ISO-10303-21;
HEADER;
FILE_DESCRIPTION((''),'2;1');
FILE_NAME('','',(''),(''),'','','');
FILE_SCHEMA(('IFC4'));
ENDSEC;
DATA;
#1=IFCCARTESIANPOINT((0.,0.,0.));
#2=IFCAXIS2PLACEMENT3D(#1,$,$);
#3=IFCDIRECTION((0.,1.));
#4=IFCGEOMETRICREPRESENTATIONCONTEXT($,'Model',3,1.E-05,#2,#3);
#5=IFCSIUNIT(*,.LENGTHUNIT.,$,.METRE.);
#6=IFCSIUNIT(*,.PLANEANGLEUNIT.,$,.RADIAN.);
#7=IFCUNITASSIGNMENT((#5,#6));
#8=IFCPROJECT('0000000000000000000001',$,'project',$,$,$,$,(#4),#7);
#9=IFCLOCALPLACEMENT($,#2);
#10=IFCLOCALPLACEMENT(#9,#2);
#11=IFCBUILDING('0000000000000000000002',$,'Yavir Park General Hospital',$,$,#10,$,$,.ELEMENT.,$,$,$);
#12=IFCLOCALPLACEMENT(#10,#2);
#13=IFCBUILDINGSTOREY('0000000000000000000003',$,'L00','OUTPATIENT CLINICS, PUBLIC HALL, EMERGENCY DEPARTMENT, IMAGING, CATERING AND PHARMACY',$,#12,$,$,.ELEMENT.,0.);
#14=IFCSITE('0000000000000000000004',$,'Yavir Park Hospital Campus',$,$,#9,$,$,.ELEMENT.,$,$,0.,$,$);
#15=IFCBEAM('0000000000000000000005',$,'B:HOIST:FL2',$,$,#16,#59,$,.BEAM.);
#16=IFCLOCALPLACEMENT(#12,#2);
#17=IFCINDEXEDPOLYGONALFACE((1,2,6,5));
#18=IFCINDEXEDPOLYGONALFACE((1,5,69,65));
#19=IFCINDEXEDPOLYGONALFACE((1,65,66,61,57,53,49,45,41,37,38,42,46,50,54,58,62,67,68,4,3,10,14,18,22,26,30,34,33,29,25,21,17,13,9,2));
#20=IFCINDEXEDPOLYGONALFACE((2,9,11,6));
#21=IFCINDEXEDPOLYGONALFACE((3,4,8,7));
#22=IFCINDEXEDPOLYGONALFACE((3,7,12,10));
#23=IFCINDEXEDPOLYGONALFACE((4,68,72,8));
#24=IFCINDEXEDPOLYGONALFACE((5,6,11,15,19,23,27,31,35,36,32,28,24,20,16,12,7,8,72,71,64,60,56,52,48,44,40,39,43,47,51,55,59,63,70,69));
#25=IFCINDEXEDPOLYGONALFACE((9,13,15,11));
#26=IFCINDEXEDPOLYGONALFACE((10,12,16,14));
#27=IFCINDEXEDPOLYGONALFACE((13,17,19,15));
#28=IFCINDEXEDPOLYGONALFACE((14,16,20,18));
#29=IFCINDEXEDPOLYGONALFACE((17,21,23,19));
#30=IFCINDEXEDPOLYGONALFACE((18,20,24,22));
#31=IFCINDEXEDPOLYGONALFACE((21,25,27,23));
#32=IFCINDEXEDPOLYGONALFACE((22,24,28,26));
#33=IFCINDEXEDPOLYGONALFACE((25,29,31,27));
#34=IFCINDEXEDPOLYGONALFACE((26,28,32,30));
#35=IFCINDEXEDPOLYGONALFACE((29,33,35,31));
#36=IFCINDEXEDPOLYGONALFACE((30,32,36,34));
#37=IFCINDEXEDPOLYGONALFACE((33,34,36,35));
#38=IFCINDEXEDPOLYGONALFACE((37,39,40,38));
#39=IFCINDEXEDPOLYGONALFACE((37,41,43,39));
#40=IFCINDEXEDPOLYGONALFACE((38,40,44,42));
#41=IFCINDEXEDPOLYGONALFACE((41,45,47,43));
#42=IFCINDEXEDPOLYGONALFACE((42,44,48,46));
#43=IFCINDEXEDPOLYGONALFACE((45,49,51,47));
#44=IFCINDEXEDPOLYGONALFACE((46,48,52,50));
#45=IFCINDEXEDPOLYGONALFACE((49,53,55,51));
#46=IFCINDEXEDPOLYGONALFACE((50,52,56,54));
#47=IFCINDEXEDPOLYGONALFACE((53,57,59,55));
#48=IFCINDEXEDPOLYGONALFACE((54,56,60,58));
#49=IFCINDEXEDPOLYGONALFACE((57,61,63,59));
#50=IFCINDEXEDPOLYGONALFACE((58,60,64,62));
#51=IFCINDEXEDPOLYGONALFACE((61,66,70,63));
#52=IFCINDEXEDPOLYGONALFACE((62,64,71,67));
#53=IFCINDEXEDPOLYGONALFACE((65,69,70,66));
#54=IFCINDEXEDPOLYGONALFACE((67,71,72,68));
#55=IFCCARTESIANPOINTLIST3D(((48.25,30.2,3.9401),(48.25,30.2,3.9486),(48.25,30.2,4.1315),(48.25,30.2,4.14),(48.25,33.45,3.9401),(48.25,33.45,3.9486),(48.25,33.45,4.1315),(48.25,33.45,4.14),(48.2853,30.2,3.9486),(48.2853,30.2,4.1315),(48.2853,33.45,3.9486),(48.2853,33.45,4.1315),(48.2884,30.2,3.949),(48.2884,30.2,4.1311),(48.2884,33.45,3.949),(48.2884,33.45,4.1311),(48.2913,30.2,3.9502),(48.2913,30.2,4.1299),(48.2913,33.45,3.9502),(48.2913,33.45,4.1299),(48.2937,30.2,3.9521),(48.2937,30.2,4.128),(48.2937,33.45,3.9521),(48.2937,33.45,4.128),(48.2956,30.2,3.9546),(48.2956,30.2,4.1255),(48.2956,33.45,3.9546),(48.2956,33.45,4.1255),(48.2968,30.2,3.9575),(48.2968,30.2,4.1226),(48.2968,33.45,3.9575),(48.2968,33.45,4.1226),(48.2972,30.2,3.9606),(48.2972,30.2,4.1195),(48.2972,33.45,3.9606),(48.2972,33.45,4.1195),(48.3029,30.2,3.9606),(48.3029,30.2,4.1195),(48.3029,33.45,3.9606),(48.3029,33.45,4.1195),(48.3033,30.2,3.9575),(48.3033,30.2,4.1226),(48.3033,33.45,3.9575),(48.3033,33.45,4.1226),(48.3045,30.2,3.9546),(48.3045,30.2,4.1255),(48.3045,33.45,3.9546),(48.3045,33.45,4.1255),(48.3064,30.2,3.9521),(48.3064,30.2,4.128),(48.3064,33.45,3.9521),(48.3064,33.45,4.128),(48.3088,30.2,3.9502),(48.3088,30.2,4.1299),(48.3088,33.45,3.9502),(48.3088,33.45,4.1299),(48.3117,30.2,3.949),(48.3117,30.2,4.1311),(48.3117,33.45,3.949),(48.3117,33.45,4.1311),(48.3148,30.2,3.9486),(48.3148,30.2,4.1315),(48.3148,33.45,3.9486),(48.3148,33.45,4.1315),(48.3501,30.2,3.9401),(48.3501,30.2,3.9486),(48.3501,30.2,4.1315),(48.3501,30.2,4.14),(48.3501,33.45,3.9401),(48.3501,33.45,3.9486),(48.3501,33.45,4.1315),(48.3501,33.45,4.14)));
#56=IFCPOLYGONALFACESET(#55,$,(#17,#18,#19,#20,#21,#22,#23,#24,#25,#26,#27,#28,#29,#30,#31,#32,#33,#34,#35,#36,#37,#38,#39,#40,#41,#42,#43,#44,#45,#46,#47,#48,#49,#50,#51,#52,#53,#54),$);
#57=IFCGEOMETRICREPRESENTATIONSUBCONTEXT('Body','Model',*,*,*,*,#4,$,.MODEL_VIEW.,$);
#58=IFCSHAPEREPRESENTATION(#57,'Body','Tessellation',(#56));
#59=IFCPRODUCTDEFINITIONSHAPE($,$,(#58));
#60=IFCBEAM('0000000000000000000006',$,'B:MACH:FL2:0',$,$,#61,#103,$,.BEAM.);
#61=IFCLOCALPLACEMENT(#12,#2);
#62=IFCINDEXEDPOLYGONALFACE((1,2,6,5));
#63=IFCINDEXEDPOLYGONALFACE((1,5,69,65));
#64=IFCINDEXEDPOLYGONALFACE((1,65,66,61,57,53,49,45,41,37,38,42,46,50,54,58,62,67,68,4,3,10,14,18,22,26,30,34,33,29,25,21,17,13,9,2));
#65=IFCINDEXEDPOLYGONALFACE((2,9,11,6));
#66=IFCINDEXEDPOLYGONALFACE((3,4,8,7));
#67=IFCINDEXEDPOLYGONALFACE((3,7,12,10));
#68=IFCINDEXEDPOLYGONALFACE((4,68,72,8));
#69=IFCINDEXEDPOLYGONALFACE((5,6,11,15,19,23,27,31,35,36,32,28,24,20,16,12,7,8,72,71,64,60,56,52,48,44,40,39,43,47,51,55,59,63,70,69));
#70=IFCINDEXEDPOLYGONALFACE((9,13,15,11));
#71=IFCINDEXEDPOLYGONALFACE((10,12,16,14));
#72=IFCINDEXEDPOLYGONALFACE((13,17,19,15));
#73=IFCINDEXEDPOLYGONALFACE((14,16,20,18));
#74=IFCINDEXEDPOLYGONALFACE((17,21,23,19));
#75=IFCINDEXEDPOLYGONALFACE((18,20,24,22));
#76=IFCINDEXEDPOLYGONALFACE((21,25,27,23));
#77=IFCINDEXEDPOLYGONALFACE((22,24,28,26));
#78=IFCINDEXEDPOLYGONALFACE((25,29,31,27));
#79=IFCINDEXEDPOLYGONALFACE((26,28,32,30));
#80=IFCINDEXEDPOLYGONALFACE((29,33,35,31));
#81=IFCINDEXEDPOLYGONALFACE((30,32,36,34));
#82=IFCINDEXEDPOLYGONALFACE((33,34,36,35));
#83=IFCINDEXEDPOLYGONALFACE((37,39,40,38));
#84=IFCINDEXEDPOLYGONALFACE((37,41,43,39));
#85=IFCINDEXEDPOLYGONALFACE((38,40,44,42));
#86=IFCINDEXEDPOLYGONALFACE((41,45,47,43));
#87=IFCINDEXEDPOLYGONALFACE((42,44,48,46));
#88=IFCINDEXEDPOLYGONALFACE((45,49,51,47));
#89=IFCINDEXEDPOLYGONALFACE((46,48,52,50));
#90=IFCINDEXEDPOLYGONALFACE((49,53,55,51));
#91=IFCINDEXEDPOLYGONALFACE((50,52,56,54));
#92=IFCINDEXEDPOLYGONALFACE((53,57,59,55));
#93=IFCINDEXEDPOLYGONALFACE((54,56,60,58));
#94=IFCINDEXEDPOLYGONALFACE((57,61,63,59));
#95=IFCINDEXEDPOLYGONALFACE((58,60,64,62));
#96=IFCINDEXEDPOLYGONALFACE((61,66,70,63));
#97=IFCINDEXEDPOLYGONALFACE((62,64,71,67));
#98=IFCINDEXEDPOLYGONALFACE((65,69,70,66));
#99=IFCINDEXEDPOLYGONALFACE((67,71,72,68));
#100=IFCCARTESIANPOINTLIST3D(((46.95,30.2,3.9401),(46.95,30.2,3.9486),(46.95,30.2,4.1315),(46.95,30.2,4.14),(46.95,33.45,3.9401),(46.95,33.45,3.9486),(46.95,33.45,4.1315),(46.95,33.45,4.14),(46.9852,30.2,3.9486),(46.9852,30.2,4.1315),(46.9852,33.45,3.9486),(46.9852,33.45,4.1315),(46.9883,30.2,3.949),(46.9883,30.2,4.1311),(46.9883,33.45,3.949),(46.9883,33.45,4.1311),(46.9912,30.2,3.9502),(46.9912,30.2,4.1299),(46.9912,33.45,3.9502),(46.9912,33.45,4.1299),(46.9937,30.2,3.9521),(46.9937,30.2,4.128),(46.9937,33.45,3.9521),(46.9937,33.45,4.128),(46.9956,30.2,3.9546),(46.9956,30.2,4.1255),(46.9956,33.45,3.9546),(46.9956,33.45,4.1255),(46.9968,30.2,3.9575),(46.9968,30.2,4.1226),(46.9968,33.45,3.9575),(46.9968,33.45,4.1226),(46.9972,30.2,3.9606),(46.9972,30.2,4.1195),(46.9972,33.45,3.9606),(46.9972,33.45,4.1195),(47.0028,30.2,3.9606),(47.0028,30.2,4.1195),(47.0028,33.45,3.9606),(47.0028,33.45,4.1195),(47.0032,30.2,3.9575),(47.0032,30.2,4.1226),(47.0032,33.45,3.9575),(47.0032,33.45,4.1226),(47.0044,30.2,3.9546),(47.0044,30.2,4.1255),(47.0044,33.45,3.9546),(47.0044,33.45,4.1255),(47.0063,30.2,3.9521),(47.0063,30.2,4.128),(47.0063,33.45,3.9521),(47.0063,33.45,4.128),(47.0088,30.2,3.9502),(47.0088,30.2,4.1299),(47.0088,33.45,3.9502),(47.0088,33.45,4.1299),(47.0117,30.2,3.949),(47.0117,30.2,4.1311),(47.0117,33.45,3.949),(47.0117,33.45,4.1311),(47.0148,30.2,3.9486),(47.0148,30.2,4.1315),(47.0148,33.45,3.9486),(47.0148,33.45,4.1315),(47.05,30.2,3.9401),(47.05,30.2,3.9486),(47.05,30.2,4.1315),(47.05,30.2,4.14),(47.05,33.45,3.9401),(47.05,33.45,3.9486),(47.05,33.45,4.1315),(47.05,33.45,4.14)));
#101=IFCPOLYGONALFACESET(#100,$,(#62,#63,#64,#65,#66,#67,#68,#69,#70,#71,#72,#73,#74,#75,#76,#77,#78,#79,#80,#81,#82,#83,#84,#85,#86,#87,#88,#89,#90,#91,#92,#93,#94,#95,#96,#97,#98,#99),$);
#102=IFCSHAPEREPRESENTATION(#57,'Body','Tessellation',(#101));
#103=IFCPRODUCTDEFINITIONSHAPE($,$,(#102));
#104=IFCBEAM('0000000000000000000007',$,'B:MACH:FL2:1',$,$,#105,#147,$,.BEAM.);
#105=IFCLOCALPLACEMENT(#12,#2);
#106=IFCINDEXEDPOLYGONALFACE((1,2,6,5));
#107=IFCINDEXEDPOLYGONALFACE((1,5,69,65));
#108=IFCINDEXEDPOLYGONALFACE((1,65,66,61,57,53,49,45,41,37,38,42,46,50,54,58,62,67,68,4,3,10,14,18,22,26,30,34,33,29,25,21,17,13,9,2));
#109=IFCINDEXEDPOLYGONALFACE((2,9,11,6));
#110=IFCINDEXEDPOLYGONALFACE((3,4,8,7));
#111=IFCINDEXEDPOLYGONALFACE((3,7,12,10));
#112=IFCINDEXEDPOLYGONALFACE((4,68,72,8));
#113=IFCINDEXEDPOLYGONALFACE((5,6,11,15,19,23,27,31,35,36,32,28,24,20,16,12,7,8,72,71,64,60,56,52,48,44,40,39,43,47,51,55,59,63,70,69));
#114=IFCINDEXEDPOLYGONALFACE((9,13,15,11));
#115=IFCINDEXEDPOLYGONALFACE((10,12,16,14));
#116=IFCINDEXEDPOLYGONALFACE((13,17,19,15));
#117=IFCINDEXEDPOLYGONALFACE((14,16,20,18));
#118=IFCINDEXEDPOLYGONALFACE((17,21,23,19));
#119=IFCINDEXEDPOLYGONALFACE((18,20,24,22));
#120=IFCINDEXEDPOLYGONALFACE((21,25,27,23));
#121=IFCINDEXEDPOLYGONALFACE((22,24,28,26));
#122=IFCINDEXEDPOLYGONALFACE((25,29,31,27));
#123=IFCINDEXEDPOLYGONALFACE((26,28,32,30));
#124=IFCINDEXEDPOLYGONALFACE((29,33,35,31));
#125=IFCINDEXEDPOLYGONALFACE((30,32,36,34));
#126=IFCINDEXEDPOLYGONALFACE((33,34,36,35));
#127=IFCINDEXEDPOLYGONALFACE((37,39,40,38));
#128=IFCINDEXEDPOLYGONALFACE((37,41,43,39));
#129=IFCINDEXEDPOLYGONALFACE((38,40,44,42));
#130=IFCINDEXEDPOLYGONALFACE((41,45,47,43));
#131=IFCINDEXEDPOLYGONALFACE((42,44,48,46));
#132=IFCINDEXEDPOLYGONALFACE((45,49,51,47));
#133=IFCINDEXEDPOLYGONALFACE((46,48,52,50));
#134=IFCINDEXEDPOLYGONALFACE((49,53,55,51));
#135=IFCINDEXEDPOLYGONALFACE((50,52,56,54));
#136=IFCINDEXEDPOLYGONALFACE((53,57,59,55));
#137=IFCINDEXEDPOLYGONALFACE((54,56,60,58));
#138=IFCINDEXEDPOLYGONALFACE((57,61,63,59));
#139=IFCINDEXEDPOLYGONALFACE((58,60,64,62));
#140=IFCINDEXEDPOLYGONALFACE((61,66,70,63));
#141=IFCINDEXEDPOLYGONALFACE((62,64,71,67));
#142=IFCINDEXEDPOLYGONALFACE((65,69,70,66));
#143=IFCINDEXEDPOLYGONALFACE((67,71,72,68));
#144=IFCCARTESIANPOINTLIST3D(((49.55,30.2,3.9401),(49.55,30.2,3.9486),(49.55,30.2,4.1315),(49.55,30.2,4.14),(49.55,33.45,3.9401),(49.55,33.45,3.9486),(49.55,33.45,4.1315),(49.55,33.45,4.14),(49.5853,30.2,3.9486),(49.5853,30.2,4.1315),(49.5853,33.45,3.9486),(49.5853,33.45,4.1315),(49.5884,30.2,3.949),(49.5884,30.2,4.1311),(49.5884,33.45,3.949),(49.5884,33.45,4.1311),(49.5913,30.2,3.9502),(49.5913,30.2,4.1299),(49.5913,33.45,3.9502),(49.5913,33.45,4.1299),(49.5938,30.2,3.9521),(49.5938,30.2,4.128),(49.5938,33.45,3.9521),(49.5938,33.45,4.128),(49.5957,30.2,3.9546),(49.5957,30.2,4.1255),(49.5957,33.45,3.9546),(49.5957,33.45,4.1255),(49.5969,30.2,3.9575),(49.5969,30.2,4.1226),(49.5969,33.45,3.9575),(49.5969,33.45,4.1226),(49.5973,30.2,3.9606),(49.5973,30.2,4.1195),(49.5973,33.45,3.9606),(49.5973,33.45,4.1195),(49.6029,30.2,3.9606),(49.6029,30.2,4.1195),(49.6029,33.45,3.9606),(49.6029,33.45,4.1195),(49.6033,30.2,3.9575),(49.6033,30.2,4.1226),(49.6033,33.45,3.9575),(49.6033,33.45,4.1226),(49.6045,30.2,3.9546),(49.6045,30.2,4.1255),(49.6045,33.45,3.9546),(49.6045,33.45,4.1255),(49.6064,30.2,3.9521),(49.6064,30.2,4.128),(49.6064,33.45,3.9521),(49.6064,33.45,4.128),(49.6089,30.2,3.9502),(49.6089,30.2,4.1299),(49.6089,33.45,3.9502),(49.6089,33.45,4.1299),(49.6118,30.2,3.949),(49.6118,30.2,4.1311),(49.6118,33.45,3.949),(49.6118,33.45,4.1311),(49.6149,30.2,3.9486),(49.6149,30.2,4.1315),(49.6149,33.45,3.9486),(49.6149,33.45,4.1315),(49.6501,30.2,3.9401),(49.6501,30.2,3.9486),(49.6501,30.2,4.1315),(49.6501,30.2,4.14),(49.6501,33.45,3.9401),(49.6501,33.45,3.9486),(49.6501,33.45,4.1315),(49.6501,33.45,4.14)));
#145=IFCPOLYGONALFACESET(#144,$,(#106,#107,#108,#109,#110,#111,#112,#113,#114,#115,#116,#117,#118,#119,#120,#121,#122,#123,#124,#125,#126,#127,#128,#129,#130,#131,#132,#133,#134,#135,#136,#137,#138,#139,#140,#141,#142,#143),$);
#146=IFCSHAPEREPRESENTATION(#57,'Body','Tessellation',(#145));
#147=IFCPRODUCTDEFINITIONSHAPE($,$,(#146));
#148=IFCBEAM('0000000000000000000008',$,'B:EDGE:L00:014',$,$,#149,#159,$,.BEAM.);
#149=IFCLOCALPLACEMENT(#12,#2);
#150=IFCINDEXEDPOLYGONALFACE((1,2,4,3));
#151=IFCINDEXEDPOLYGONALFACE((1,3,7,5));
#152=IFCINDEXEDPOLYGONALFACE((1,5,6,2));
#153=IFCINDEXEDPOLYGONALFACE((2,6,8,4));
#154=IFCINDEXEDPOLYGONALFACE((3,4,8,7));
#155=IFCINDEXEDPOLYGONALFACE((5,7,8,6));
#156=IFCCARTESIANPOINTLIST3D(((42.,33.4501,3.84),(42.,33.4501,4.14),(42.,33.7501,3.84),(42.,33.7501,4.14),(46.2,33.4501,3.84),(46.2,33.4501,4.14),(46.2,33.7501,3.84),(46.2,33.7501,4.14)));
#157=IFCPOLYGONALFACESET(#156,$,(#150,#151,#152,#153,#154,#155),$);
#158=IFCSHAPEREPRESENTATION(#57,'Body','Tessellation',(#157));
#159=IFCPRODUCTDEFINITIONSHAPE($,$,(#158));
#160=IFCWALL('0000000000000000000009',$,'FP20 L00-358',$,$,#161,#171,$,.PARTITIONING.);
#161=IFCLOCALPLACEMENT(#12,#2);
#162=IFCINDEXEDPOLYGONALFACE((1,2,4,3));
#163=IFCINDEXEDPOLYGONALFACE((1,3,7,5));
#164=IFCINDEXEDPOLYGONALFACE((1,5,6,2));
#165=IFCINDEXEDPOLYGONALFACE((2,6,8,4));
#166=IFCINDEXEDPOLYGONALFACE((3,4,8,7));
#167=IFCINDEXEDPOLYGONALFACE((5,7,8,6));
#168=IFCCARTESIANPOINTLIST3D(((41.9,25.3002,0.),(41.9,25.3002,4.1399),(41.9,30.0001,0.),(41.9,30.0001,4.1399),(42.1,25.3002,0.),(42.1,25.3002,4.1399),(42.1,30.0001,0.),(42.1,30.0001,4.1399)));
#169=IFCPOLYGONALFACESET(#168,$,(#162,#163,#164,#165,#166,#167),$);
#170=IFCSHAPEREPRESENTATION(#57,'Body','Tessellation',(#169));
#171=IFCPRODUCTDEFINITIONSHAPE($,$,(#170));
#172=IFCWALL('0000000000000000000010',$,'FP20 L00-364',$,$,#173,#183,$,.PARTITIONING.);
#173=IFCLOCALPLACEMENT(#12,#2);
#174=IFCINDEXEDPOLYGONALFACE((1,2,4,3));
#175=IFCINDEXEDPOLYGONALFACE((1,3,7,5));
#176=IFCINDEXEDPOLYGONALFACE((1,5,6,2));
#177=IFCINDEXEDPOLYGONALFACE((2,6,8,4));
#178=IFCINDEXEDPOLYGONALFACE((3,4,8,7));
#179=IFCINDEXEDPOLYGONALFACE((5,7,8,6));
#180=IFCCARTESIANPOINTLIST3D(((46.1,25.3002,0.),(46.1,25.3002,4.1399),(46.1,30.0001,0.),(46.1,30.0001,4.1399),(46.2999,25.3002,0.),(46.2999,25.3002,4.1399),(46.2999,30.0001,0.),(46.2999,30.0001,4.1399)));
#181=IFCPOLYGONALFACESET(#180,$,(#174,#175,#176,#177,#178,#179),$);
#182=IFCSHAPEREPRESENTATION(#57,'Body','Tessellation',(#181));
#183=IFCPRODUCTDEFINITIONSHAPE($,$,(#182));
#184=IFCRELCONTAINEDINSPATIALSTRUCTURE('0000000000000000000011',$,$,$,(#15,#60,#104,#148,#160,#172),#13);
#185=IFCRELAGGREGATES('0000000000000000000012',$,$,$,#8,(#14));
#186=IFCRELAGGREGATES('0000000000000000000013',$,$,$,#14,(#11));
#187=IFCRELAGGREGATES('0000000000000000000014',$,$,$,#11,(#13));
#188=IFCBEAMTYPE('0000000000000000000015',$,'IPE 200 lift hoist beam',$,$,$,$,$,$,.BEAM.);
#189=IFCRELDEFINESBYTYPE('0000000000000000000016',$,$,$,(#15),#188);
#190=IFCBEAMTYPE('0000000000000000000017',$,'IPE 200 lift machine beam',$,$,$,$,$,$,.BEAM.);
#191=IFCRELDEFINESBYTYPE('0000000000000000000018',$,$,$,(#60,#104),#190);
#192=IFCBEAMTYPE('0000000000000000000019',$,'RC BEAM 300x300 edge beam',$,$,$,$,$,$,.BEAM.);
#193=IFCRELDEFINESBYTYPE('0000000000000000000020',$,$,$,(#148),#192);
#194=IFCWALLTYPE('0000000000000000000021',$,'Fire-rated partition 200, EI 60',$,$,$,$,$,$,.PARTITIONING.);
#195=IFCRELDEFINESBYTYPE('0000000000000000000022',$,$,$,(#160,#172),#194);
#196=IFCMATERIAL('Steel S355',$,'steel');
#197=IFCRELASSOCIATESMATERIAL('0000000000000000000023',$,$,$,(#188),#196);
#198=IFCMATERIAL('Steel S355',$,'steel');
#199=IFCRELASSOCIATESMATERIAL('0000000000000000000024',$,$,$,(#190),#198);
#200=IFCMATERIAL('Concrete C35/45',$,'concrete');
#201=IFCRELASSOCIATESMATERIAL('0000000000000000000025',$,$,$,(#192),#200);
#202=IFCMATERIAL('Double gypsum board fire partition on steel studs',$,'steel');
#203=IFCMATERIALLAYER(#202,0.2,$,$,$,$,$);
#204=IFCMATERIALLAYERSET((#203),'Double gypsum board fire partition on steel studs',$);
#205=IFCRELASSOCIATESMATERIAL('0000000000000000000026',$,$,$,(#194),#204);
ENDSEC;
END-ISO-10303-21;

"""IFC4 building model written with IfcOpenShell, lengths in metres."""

from ifc_helpers import new_model, si_unit, direction, frame, frame_2d, origin, origin_2d, place, context, subcontext, project, spatial, rectangle, i_section, extrude, material, layer, layer_set, material_profile, profile_set, type_object, element, save


model = new_model("IFC4")

# Units and contexts
model_context = context("Model", 3, precision=1e-05, world=origin(), true_north=direction((0.0, 1.0)))
body_context = subcontext(model_context, "Body", "Model", "MODEL_VIEW")
ifc_project = project(units=[si_unit("LENGTHUNIT", "METRE"), si_unit("PLANEANGLEUNIT", "RADIAN")], contexts=[model_context])

# Site, building, storey
site_placement = place(None, origin())
site = spatial("IfcSite", under=ifc_project, at=site_placement, Name="Yavir Park Hospital Campus", CompositionType="ELEMENT", RefElevation=0.0)
building_placement = place(site_placement, origin())
building = spatial("IfcBuilding", under=site, at=building_placement, Name="Yavir Park General Hospital", CompositionType="ELEMENT")
storey_placement = place(building_placement, origin())
storey = spatial("IfcBuildingStorey", under=building, at=storey_placement, Name="L00", Description="OUTPATIENT CLINICS, PUBLIC HALL, EMERGENCY DEPARTMENT, IMAGING, CATERING AND PHARMACY", CompositionType="ELEMENT", Elevation=0.0)

# Beams
ifc_material_1 = material(Name="Steel S355", Category="steel")
ifc_material_profile_1 = material_profile(ifc_material_1, i_section(OverallWidth=0.1001, OverallDepth=0.2, WebThickness=0.0056, FlangeThickness=0.0085, FilletRadius=0.012, at=origin_2d()), Name="IPE200")
ifc_profile_set_1 = profile_set([ifc_material_profile_1], Name="Steel S355")
beam_type_1 = type_object("IfcBeamType", Name="IPE 200 lift hoist beam", PredefinedType="BEAM", material=ifc_profile_set_1)
beam_1_placement = place(storey_placement, frame((48.3, 30.2, 4.04), z_axis=(0.0, 1.0, 0.0), x_axis=(-1.0, 0.0, 0.0)))
element("IfcBeam", 1, at=beam_1_placement, inside=storey, type_object=beam_type_1, Name="B:HOIST:FL2", PredefinedType="BEAM", context=body_context, shape_type="SweptSolid", body=[
    extrude(i_section(OverallWidth=0.1001, OverallDepth=0.2, WebThickness=0.0056, FlangeThickness=0.0085, FilletRadius=0.012, at=origin_2d()), origin(), (0.0, 0.0, 1.0), 3.25),
])
ifc_material_2 = material(Name="Steel S355", Category="steel")
ifc_material_profile_2 = material_profile(ifc_material_2, i_section(OverallWidth=0.1001, OverallDepth=0.2, WebThickness=0.0056, FlangeThickness=0.0085, FilletRadius=0.012, at=origin_2d()), Name="IPE200")
ifc_profile_set_2 = profile_set([ifc_material_profile_2], Name="Steel S355")
beam_type_2 = type_object("IfcBeamType", Name="IPE 200 lift machine beam", PredefinedType="BEAM", material=ifc_profile_set_2)
for number, where, z_axis, x_axis, name in (
    (2, (47.0, 30.2, 4.04), (0.0, 1.0, 0.0), (-1.0, 0.0, 0.0), "B:MACH:FL2:0"),
    (3, (49.6001, 30.2, 4.04), (0.0, 1.0, 0.0), (-1.0, 0.0, 0.0), "B:MACH:FL2:1"),
):
    element("IfcBeam", number, at=place(storey_placement, frame(where, z_axis=z_axis, x_axis=x_axis)), inside=storey, type_object=beam_type_2, Name=name, PredefinedType="BEAM", context=body_context, shape_type="SweptSolid", body=[
        extrude(i_section(OverallWidth=0.1001, OverallDepth=0.2, WebThickness=0.0056, FlangeThickness=0.0085, FilletRadius=0.012, at=origin_2d()), origin(), (0.0, 0.0, 1.0), 3.25),
    ])
ifc_material_3 = material(Name="Concrete C35/45", Category="concrete")
ifc_material_profile_3 = material_profile(ifc_material_3, rectangle(XDim=0.3, YDim=0.3, at=origin_2d()), Name="RC300x300")
ifc_profile_set_3 = profile_set([ifc_material_profile_3], Name="Concrete C35/45")
beam_type_3 = type_object("IfcBeamType", Name="RC BEAM 300x300 edge beam", PredefinedType="BEAM", material=ifc_profile_set_3)
beam_2_placement = place(storey_placement, frame((42.0, 33.6001, 3.99), z_axis=(1.0, 0.0, 0.0), x_axis=(0.0, 1.0, 0.0)))
element("IfcBeam", 4, at=beam_2_placement, inside=storey, type_object=beam_type_3, Name="B:EDGE:L00:014", PredefinedType="BEAM", context=body_context, shape_type="SweptSolid", body=[
    extrude(rectangle(XDim=0.3, YDim=0.3, at=origin_2d()), origin(), (0.0, 0.0, 1.0), 4.2),
])

# Walls
ifc_material_4 = material(Name="Double gypsum board fire partition on steel studs", Category="steel")
ifc_layer_1 = layer(ifc_material_4, 0.2)
ifc_layer_set_1 = layer_set([ifc_layer_1], Name="Double gypsum board fire partition on steel studs")
wall_type_1 = type_object("IfcWallType", Name="Fire-rated partition 200, EI 60", PredefinedType="PARTITIONING", material=ifc_layer_set_1)
for number, where, z_axis, x_axis, name in (
    (5, (42.0, 25.3, 0.0), (0.0, 0.0, 1.0), (0.0, 1.0, 0.0), "FP20 L00-358"),
    (6, (46.2, 25.3, 0.0), (0.0, 0.0, 1.0), (0.0, 1.0, 0.0), "FP20 L00-364"),
):
    element("IfcWall", number, at=place(storey_placement, frame(where, z_axis=z_axis, x_axis=x_axis)), inside=storey, type_object=wall_type_1, Name=name, PredefinedType="PARTITIONING", context=body_context, shape_type="SweptSolid", body=[
        extrude(rectangle(XDim=4.7, YDim=0.2, at=frame_2d((2.3501, 0.0))), origin(), (0.0, 0.0, 1.0), 4.1399),
    ])

save(model, "model.ifc")
